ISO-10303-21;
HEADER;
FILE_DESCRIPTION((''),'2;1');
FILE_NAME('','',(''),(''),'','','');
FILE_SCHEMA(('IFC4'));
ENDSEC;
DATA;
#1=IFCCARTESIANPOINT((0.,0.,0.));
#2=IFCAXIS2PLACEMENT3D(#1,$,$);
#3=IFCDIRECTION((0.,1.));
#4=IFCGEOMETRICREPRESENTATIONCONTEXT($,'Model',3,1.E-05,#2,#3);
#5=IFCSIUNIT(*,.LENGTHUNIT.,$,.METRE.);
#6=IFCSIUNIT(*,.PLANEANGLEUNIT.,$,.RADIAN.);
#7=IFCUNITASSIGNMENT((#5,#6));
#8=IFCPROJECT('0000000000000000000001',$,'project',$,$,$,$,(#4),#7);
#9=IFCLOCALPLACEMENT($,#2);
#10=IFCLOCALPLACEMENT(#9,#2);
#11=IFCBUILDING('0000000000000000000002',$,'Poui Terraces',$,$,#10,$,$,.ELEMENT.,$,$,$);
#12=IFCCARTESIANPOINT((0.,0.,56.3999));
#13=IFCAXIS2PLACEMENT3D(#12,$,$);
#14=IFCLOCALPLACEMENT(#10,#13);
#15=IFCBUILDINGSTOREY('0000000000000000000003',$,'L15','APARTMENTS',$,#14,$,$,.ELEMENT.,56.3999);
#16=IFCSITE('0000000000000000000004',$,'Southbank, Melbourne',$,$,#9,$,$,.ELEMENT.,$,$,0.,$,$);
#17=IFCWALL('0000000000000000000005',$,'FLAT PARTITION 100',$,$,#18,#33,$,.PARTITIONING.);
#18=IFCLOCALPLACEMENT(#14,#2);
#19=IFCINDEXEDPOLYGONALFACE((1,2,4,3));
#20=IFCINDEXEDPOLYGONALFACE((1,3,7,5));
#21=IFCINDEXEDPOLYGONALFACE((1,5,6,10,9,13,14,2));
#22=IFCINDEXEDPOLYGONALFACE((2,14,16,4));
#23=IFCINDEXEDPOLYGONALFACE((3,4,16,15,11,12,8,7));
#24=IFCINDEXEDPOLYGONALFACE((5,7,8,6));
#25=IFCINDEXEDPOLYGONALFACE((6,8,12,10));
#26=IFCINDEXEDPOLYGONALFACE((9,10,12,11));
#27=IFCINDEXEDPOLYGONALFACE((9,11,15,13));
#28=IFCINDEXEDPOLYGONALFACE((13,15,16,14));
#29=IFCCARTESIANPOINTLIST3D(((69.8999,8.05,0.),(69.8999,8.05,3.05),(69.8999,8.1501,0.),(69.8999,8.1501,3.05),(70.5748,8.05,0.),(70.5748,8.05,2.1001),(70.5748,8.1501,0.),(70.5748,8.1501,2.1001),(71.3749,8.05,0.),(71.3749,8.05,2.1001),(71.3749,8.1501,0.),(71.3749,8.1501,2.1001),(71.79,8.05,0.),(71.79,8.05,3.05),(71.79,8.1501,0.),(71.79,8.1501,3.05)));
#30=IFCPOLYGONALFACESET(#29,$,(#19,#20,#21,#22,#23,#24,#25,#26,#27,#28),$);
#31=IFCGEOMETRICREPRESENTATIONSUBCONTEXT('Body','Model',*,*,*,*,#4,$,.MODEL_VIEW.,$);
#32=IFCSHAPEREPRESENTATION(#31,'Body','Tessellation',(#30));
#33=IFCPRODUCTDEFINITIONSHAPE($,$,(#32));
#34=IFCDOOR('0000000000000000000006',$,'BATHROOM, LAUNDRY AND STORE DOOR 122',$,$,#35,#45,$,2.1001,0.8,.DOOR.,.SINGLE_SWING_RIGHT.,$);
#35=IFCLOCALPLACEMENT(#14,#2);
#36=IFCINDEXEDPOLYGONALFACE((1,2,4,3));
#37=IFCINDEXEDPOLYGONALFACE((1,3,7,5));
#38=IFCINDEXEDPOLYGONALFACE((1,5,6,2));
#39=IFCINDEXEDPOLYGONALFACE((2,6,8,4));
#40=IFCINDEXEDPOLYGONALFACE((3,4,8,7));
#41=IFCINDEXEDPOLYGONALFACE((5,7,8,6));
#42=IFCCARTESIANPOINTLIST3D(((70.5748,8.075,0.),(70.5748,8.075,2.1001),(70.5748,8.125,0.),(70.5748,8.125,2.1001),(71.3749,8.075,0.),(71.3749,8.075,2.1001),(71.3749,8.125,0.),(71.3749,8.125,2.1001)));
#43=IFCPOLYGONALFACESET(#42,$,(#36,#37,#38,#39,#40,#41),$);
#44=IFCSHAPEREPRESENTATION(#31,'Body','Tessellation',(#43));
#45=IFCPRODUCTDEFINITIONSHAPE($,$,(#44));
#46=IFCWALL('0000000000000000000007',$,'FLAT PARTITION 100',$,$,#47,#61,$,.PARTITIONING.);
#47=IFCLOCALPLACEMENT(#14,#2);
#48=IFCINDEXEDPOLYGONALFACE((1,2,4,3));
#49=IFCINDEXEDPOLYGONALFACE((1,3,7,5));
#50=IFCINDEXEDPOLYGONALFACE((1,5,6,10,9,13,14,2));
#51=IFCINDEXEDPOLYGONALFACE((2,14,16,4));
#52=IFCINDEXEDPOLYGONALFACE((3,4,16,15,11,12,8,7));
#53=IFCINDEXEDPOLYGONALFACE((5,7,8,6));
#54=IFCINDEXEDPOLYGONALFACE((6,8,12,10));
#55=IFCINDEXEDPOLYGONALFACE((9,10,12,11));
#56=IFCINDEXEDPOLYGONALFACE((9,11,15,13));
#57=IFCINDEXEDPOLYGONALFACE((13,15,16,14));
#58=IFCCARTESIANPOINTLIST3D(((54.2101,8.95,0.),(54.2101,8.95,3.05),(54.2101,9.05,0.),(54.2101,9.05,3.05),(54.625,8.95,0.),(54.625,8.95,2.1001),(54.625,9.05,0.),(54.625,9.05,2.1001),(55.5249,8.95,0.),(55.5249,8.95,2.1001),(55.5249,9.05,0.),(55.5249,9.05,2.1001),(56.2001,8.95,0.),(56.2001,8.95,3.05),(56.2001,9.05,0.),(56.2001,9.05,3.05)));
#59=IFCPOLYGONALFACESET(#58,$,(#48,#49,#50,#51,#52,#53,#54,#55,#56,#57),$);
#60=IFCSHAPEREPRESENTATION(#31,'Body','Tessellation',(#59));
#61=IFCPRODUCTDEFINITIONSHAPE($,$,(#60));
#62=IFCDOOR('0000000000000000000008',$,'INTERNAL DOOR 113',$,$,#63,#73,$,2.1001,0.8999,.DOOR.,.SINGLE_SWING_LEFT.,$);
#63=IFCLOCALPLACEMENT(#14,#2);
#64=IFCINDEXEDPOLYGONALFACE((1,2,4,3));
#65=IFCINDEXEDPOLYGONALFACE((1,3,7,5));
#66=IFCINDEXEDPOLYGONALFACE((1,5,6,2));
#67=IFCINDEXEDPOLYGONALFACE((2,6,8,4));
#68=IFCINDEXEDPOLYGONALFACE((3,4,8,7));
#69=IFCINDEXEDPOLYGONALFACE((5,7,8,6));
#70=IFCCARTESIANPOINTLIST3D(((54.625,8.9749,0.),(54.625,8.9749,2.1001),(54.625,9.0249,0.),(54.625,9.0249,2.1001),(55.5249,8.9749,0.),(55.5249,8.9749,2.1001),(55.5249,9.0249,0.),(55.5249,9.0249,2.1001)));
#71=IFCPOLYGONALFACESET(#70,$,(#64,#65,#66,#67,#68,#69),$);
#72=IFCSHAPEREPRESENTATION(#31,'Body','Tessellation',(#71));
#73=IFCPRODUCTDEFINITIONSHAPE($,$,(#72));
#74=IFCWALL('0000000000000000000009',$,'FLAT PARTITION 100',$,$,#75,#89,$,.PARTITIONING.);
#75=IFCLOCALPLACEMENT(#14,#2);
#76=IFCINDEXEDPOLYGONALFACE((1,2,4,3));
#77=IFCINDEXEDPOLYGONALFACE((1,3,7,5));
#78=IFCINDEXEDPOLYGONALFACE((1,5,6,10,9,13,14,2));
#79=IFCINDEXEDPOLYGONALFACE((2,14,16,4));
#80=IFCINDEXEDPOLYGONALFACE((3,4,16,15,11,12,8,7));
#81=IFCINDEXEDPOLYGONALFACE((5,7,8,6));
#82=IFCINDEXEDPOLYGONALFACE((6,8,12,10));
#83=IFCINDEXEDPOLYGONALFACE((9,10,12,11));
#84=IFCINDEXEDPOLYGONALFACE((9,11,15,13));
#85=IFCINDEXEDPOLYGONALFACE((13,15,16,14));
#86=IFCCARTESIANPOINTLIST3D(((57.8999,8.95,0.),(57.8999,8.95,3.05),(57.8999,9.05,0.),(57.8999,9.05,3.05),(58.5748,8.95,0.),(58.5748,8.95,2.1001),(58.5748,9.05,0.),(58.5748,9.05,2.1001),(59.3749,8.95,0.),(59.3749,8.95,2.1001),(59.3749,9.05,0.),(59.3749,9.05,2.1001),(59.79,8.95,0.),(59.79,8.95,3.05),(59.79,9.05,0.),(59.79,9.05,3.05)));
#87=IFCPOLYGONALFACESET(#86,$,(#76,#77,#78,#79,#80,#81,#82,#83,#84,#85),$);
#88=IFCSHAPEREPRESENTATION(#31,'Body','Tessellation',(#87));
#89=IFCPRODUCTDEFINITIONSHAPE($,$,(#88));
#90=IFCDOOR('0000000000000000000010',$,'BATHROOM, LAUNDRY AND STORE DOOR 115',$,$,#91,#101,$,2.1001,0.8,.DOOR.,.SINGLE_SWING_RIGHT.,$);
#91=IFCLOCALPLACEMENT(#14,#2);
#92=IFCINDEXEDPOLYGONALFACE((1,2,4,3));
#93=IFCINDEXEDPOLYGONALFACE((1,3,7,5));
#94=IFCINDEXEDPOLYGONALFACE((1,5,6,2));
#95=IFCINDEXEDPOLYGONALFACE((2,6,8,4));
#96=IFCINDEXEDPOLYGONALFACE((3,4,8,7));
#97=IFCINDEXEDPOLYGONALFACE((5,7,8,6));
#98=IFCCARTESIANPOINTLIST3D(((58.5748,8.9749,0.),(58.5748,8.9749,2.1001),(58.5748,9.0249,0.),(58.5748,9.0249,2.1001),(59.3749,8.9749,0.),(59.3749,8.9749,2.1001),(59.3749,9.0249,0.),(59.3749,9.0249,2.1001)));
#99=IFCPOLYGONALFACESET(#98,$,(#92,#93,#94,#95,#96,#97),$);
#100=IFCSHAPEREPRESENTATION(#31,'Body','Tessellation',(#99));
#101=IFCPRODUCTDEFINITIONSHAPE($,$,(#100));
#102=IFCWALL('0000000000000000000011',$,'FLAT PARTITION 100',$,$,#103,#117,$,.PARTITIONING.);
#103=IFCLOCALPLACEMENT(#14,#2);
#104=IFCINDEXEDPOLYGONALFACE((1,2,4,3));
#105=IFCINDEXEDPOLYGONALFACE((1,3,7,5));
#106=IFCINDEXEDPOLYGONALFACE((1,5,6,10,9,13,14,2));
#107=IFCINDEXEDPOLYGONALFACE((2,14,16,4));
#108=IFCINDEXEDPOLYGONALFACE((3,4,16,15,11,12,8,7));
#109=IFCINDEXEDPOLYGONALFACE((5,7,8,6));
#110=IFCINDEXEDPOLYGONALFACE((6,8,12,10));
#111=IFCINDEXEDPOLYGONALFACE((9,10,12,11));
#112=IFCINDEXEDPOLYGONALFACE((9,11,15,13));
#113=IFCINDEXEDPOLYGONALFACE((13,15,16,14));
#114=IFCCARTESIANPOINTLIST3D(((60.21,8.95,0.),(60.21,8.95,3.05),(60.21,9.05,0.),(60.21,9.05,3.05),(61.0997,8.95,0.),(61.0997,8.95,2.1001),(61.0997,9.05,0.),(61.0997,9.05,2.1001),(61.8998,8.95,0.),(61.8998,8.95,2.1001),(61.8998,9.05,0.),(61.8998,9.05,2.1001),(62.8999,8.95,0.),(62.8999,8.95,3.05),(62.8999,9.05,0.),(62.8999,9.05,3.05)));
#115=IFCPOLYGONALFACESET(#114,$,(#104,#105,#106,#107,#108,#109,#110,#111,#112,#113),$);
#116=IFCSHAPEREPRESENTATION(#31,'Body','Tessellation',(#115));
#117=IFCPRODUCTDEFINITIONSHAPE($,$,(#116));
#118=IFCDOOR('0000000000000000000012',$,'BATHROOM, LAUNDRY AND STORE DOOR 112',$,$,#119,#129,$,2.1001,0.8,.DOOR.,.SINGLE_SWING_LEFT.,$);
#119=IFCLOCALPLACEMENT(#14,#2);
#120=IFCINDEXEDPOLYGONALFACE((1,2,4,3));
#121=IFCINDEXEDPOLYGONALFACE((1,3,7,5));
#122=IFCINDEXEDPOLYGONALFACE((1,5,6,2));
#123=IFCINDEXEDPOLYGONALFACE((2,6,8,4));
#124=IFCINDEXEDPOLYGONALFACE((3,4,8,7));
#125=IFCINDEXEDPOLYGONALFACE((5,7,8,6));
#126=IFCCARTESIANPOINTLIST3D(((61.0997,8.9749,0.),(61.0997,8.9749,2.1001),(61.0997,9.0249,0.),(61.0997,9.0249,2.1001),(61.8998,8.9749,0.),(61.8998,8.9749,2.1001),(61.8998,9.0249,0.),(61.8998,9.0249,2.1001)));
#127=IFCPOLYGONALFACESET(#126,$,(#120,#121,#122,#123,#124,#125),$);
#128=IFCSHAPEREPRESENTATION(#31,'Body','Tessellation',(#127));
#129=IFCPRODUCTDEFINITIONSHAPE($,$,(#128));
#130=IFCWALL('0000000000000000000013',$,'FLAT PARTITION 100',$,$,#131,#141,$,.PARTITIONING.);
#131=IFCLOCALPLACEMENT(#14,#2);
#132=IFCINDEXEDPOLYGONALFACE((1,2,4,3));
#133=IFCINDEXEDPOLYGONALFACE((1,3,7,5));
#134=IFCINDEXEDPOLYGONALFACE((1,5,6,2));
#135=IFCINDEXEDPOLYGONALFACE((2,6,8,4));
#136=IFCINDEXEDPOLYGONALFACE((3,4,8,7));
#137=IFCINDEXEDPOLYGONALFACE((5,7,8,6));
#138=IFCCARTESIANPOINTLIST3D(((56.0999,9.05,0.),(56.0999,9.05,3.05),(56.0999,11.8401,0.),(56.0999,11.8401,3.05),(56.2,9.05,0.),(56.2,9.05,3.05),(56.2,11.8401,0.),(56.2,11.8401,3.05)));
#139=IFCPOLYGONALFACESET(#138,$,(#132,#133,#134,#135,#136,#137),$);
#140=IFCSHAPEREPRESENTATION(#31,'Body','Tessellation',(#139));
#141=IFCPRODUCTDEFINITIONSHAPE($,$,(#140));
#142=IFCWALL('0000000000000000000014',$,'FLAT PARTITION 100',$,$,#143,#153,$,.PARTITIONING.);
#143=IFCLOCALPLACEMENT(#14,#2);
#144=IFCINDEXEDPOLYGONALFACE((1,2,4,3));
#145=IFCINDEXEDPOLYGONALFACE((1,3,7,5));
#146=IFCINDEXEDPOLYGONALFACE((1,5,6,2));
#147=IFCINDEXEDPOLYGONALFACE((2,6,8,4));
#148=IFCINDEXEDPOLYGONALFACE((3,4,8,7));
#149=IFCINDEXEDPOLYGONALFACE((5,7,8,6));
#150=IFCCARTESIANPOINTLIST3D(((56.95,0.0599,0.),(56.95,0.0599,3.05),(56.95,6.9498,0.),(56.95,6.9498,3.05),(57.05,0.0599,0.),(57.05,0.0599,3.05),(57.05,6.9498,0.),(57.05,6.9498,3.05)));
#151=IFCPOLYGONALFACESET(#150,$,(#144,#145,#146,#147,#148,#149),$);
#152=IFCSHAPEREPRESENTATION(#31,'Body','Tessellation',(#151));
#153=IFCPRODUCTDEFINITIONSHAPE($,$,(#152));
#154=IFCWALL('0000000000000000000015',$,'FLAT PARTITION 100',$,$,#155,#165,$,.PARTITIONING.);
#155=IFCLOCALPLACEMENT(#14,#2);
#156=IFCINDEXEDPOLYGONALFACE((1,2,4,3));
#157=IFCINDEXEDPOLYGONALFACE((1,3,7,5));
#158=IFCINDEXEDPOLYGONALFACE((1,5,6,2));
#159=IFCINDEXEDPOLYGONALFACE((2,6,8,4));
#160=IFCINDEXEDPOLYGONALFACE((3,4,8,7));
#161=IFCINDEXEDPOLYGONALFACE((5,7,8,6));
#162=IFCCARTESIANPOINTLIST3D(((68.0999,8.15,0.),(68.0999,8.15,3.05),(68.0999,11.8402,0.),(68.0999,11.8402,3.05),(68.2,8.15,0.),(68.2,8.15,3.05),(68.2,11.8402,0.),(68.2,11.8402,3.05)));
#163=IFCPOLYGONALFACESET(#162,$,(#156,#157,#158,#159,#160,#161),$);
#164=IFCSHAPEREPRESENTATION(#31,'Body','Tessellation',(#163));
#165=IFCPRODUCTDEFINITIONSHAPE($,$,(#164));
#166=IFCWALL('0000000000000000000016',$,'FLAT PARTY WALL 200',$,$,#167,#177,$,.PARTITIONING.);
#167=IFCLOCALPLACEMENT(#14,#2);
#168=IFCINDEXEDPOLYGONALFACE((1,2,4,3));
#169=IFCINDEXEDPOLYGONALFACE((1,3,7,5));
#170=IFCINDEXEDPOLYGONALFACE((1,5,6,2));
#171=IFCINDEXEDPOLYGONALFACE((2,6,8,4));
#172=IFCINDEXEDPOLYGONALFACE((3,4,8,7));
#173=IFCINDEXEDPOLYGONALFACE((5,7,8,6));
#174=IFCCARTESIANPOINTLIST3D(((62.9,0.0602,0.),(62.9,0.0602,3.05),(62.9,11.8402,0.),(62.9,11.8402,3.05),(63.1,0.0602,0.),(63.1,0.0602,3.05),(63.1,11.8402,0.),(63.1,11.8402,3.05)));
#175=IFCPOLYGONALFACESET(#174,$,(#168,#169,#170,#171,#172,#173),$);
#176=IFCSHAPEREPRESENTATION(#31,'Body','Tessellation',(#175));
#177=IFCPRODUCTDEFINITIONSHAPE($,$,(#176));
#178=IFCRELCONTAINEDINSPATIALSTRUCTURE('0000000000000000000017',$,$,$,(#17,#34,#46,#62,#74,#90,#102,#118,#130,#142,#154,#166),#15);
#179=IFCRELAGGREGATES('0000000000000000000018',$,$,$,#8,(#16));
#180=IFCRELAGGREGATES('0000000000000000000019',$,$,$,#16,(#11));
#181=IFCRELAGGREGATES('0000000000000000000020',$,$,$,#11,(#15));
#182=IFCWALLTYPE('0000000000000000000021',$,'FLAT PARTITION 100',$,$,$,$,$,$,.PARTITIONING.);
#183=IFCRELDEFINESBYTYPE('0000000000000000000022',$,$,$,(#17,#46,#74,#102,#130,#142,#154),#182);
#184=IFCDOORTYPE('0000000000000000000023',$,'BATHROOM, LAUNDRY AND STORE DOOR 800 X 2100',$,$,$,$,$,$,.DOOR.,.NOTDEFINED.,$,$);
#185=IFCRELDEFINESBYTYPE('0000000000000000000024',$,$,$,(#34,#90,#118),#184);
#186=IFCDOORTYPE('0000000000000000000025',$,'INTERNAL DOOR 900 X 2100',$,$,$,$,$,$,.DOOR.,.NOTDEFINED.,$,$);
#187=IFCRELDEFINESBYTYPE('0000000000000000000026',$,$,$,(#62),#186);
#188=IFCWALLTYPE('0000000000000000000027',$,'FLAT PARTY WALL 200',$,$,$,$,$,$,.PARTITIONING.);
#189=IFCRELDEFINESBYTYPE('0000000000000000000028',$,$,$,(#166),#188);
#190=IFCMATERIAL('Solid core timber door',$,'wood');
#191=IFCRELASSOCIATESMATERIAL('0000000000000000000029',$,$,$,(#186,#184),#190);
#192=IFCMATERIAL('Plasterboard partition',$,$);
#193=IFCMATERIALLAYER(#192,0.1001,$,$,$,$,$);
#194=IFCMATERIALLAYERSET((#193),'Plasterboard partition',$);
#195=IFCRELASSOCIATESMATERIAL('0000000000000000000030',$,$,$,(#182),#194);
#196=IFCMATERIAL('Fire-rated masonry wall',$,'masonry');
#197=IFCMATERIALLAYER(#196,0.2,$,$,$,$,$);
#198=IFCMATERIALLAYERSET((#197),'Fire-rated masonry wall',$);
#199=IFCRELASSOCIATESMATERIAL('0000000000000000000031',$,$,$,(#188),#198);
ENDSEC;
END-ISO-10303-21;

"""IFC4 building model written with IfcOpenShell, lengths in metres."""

from ifc_helpers import new_model, si_unit, direction, frame, frame_2d, origin, place, context, subcontext, project, spatial, rectangle, extrude, material, layer, layer_set, type_object, element, fill, save


model = new_model("IFC4")

# Units and contexts
model_context = context("Model", 3, precision=1e-05, world=origin(), true_north=direction((0.0, 1.0)))
body_context = subcontext(model_context, "Body", "Model", "MODEL_VIEW")
ifc_project = project(units=[si_unit("LENGTHUNIT", "METRE"), si_unit("PLANEANGLEUNIT", "RADIAN")], contexts=[model_context])

# Site, building, storey
site_placement = place(None, origin())
site = spatial("IfcSite", under=ifc_project, at=site_placement, Name="Southbank, Melbourne", CompositionType="ELEMENT", RefElevation=0.0)
building_placement = place(site_placement, origin())
building = spatial("IfcBuilding", under=site, at=building_placement, Name="Poui Terraces", CompositionType="ELEMENT")
storey_placement = place(building_placement, frame((0.0, 0.0, 56.3999)))
storey = spatial("IfcBuildingStorey", under=building, at=storey_placement, Name="L15", Description="APARTMENTS", CompositionType="ELEMENT", Elevation=56.3999)

# Walls, openings, doors
ifc_material_1 = material(Name="Solid core timber door", Category="wood")
door_type_1 = type_object("IfcDoorType", Name="INTERNAL DOOR 900 X 2100", OperationType="NOTDEFINED", PredefinedType="DOOR", material=ifc_material_1)
ifc_material_2 = material(Name="Plasterboard partition")
ifc_layer_1 = layer(ifc_material_2, 0.1001)
ifc_layer_set_1 = layer_set([ifc_layer_1], Name="Plasterboard partition")
wall_type_1 = type_object("IfcWallType", Name="FLAT PARTITION 100", PredefinedType="PARTITIONING", material=ifc_layer_set_1)
door_type_2 = type_object("IfcDoorType", Name="BATHROOM, LAUNDRY AND STORE DOOR 800 X 2100", OperationType="NOTDEFINED", PredefinedType="DOOR", material=ifc_material_1)
wall_1_placement = place(storey_placement, frame((69.8999, 8.1001, 0.0), z_axis=(0.0, 0.0, 1.0), x_axis=(1.0, 0.0, 0.0)))
wall_1 = element("IfcWall", 1, at=wall_1_placement, inside=storey, type_object=wall_type_1, Name="FLAT PARTITION 100", PredefinedType="PARTITIONING", context=body_context, shape_type="SweptSolid", body=[
    extrude(rectangle(XDim=1.8901, YDim=0.1001, at=frame_2d((0.9451, 0.0))), origin(), (0.0, 0.0, 1.0), 3.05),
])
opening_1_placement = place(wall_1_placement, frame((0.675, 0.0, 0.0)))
opening_1 = element("IfcOpeningElement", 2, at=opening_1_placement, cuts=wall_1, PredefinedType="OPENING", context=body_context, shape_type="SweptSolid", body=[
    extrude(rectangle(XDim=0.8, YDim=2.1001, at=frame_2d((0.3999, 1.05))), frame((0.0, 0.0601, 0.0), z_axis=(0.0, -1.0, 0.0), x_axis=(1.0, 0.0, 0.0)), (0.0, 0.0, 1.0), 0.1201),
])
door_1_placement = place(opening_1_placement, origin())
door_1 = element("IfcDoor", 3, at=door_1_placement, inside=storey, type_object=door_type_2, Name="BATHROOM, LAUNDRY AND STORE DOOR 122", OperationType="SINGLE_SWING_RIGHT", OverallHeight=2.1001, OverallWidth=0.8, PredefinedType="DOOR", context=body_context, shape_type="SweptSolid", body=[
    extrude(rectangle(XDim=0.8, YDim=2.1001, at=frame_2d((0.3999, 1.05))), frame((0.0, 0.0249, 0.0), z_axis=(0.0, -1.0, 0.0), x_axis=(1.0, 0.0, 0.0)), (0.0, 0.0, 1.0), 0.05),
])
fill(opening_1, door_1)
wall_2_placement = place(storey_placement, frame((54.21, 9.0, 0.0), z_axis=(0.0, 0.0, 1.0), x_axis=(1.0, 0.0, 0.0)))
wall_2 = element("IfcWall", 4, at=wall_2_placement, inside=storey, type_object=wall_type_1, Name="FLAT PARTITION 100", PredefinedType="PARTITIONING", context=body_context, shape_type="SweptSolid", body=[
    extrude(rectangle(XDim=1.99, YDim=0.1001, at=frame_2d((0.9951, 0.0))), origin(), (0.0, 0.0, 1.0), 3.05),
])
opening_2_placement = place(wall_2_placement, frame((0.415, 0.0, 0.0)))
opening_2 = element("IfcOpeningElement", 5, at=opening_2_placement, cuts=wall_2, PredefinedType="OPENING", context=body_context, shape_type="SweptSolid", body=[
    extrude(rectangle(XDim=0.8999, YDim=2.1001, at=frame_2d((0.45, 1.05))), frame((0.0, 0.0601, 0.0), z_axis=(0.0, -1.0, 0.0), x_axis=(1.0, 0.0, 0.0)), (0.0, 0.0, 1.0), 0.1201),
])
door_2_placement = place(opening_2_placement, origin())
door_2 = element("IfcDoor", 6, at=door_2_placement, inside=storey, type_object=door_type_1, Name="INTERNAL DOOR 113", OperationType="SINGLE_SWING_LEFT", OverallHeight=2.1001, OverallWidth=0.8999, PredefinedType="DOOR", context=body_context, shape_type="SweptSolid", body=[
    extrude(rectangle(XDim=0.8999, YDim=2.1001, at=frame_2d((0.45, 1.05))), frame((0.0, 0.0249, 0.0), z_axis=(0.0, -1.0, 0.0), x_axis=(1.0, 0.0, 0.0)), (0.0, 0.0, 1.0), 0.05),
])
fill(opening_2, door_2)
wall_3_placement = place(storey_placement, frame((57.8999, 9.0, 0.0), z_axis=(0.0, 0.0, 1.0), x_axis=(1.0, 0.0, 0.0)))
wall_3 = element("IfcWall", 7, at=wall_3_placement, inside=storey, type_object=wall_type_1, Name="FLAT PARTITION 100", PredefinedType="PARTITIONING", context=body_context, shape_type="SweptSolid", body=[
    extrude(rectangle(XDim=1.8901, YDim=0.1001, at=frame_2d((0.9451, 0.0))), origin(), (0.0, 0.0, 1.0), 3.05),
])
opening_3_placement = place(wall_3_placement, frame((0.675, 0.0, 0.0)))
opening_3 = element("IfcOpeningElement", 8, at=opening_3_placement, cuts=wall_3, PredefinedType="OPENING", context=body_context, shape_type="SweptSolid", body=[
    extrude(rectangle(XDim=0.8, YDim=2.1001, at=frame_2d((0.3999, 1.05))), frame((0.0, 0.0601, 0.0), z_axis=(0.0, -1.0, 0.0), x_axis=(1.0, 0.0, 0.0)), (0.0, 0.0, 1.0), 0.1201),
])
door_3_placement = place(opening_3_placement, origin())
door_3 = element("IfcDoor", 9, at=door_3_placement, inside=storey, type_object=door_type_2, Name="BATHROOM, LAUNDRY AND STORE DOOR 115", OperationType="SINGLE_SWING_RIGHT", OverallHeight=2.1001, OverallWidth=0.8, PredefinedType="DOOR", context=body_context, shape_type="SweptSolid", body=[
    extrude(rectangle(XDim=0.8, YDim=2.1001, at=frame_2d((0.3999, 1.05))), frame((0.0, 0.0249, 0.0), z_axis=(0.0, -1.0, 0.0), x_axis=(1.0, 0.0, 0.0)), (0.0, 0.0, 1.0), 0.05),
])
fill(opening_3, door_3)
wall_4_placement = place(storey_placement, frame((60.21, 9.0, 0.0), z_axis=(0.0, 0.0, 1.0), x_axis=(1.0, 0.0, 0.0)))
wall_4 = element("IfcWall", 10, at=wall_4_placement, inside=storey, type_object=wall_type_1, Name="FLAT PARTITION 100", PredefinedType="PARTITIONING", context=body_context, shape_type="SweptSolid", body=[
    extrude(rectangle(XDim=2.6899, YDim=0.1001, at=frame_2d((1.345, 0.0))), origin(), (0.0, 0.0, 1.0), 3.05),
])
opening_4_placement = place(wall_4_placement, frame((0.8899, 0.0, 0.0)))
opening_4 = element("IfcOpeningElement", 11, at=opening_4_placement, cuts=wall_4, PredefinedType="OPENING", context=body_context, shape_type="SweptSolid", body=[
    extrude(rectangle(XDim=0.8, YDim=2.1001, at=frame_2d((0.3999, 1.05))), frame((0.0, 0.0601, 0.0), z_axis=(0.0, -1.0, 0.0), x_axis=(1.0, 0.0, 0.0)), (0.0, 0.0, 1.0), 0.1201),
])
door_4_placement = place(opening_4_placement, origin())
door_4 = element("IfcDoor", 12, at=door_4_placement, inside=storey, type_object=door_type_2, Name="BATHROOM, LAUNDRY AND STORE DOOR 112", OperationType="SINGLE_SWING_LEFT", OverallHeight=2.1001, OverallWidth=0.8, PredefinedType="DOOR", context=body_context, shape_type="SweptSolid", body=[
    extrude(rectangle(XDim=0.8, YDim=2.1001, at=frame_2d((0.3999, 1.05))), frame((0.0, 0.0249, 0.0), z_axis=(0.0, -1.0, 0.0), x_axis=(1.0, 0.0, 0.0)), (0.0, 0.0, 1.0), 0.05),
])
fill(opening_4, door_4)

# Walls
wall_5_placement = place(storey_placement, frame((56.1499, 9.05, 0.0), z_axis=(0.0, 0.0, 1.0), x_axis=(0.0, 1.0, 0.0)))
element("IfcWall", 13, at=wall_5_placement, inside=storey, type_object=wall_type_1, Name="FLAT PARTITION 100", PredefinedType="PARTITIONING", context=body_context, shape_type="SweptSolid", body=[
    extrude(rectangle(XDim=2.79, YDim=0.1001, at=frame_2d((1.395, 0.0))), origin(), (0.0, 0.0, 1.0), 3.05),
])
wall_6_placement = place(storey_placement, frame((57.0, 0.0601, 0.0), z_axis=(0.0, 0.0, 1.0), x_axis=(0.0, 1.0, 0.0)))
element("IfcWall", 14, at=wall_6_placement, inside=storey, type_object=wall_type_1, Name="FLAT PARTITION 100", PredefinedType="PARTITIONING", context=body_context, shape_type="SweptSolid", body=[
    extrude(rectangle(XDim=6.8899, YDim=0.1001, at=frame_2d((3.4448, 0.0))), origin(), (0.0, 0.0, 1.0), 3.05),
])
wall_7_placement = place(storey_placement, frame((68.1499, 8.1499, 0.0), z_axis=(0.0, 0.0, 1.0), x_axis=(0.0, 1.0, 0.0)))
element("IfcWall", 15, at=wall_7_placement, inside=storey, type_object=wall_type_1, Name="FLAT PARTITION 100", PredefinedType="PARTITIONING", context=body_context, shape_type="SweptSolid", body=[
    extrude(rectangle(XDim=3.6902, YDim=0.1001, at=frame_2d((1.8452, 0.0))), origin(), (0.0, 0.0, 1.0), 3.05),
])
ifc_material_3 = material(Name="Fire-rated masonry wall", Category="masonry")
ifc_layer_2 = layer(ifc_material_3, 0.2)
ifc_layer_set_2 = layer_set([ifc_layer_2], Name="Fire-rated masonry wall")
wall_type_2 = type_object("IfcWallType", Name="FLAT PARTY WALL 200", PredefinedType="PARTITIONING", material=ifc_layer_set_2)
wall_8_placement = place(storey_placement, frame((63.0, 0.0601, 0.0), z_axis=(0.0, 0.0, 1.0), x_axis=(0.0, 1.0, 0.0)))
element("IfcWall", 16, at=wall_8_placement, inside=storey, type_object=wall_type_2, Name="FLAT PARTY WALL 200", PredefinedType="PARTITIONING", context=body_context, shape_type="SweptSolid", body=[
    extrude(rectangle(XDim=11.78, YDim=0.2, at=frame_2d((5.8901, 0.0))), origin(), (0.0, 0.0, 1.0), 3.05),
])

save(model, "model.ifc")
